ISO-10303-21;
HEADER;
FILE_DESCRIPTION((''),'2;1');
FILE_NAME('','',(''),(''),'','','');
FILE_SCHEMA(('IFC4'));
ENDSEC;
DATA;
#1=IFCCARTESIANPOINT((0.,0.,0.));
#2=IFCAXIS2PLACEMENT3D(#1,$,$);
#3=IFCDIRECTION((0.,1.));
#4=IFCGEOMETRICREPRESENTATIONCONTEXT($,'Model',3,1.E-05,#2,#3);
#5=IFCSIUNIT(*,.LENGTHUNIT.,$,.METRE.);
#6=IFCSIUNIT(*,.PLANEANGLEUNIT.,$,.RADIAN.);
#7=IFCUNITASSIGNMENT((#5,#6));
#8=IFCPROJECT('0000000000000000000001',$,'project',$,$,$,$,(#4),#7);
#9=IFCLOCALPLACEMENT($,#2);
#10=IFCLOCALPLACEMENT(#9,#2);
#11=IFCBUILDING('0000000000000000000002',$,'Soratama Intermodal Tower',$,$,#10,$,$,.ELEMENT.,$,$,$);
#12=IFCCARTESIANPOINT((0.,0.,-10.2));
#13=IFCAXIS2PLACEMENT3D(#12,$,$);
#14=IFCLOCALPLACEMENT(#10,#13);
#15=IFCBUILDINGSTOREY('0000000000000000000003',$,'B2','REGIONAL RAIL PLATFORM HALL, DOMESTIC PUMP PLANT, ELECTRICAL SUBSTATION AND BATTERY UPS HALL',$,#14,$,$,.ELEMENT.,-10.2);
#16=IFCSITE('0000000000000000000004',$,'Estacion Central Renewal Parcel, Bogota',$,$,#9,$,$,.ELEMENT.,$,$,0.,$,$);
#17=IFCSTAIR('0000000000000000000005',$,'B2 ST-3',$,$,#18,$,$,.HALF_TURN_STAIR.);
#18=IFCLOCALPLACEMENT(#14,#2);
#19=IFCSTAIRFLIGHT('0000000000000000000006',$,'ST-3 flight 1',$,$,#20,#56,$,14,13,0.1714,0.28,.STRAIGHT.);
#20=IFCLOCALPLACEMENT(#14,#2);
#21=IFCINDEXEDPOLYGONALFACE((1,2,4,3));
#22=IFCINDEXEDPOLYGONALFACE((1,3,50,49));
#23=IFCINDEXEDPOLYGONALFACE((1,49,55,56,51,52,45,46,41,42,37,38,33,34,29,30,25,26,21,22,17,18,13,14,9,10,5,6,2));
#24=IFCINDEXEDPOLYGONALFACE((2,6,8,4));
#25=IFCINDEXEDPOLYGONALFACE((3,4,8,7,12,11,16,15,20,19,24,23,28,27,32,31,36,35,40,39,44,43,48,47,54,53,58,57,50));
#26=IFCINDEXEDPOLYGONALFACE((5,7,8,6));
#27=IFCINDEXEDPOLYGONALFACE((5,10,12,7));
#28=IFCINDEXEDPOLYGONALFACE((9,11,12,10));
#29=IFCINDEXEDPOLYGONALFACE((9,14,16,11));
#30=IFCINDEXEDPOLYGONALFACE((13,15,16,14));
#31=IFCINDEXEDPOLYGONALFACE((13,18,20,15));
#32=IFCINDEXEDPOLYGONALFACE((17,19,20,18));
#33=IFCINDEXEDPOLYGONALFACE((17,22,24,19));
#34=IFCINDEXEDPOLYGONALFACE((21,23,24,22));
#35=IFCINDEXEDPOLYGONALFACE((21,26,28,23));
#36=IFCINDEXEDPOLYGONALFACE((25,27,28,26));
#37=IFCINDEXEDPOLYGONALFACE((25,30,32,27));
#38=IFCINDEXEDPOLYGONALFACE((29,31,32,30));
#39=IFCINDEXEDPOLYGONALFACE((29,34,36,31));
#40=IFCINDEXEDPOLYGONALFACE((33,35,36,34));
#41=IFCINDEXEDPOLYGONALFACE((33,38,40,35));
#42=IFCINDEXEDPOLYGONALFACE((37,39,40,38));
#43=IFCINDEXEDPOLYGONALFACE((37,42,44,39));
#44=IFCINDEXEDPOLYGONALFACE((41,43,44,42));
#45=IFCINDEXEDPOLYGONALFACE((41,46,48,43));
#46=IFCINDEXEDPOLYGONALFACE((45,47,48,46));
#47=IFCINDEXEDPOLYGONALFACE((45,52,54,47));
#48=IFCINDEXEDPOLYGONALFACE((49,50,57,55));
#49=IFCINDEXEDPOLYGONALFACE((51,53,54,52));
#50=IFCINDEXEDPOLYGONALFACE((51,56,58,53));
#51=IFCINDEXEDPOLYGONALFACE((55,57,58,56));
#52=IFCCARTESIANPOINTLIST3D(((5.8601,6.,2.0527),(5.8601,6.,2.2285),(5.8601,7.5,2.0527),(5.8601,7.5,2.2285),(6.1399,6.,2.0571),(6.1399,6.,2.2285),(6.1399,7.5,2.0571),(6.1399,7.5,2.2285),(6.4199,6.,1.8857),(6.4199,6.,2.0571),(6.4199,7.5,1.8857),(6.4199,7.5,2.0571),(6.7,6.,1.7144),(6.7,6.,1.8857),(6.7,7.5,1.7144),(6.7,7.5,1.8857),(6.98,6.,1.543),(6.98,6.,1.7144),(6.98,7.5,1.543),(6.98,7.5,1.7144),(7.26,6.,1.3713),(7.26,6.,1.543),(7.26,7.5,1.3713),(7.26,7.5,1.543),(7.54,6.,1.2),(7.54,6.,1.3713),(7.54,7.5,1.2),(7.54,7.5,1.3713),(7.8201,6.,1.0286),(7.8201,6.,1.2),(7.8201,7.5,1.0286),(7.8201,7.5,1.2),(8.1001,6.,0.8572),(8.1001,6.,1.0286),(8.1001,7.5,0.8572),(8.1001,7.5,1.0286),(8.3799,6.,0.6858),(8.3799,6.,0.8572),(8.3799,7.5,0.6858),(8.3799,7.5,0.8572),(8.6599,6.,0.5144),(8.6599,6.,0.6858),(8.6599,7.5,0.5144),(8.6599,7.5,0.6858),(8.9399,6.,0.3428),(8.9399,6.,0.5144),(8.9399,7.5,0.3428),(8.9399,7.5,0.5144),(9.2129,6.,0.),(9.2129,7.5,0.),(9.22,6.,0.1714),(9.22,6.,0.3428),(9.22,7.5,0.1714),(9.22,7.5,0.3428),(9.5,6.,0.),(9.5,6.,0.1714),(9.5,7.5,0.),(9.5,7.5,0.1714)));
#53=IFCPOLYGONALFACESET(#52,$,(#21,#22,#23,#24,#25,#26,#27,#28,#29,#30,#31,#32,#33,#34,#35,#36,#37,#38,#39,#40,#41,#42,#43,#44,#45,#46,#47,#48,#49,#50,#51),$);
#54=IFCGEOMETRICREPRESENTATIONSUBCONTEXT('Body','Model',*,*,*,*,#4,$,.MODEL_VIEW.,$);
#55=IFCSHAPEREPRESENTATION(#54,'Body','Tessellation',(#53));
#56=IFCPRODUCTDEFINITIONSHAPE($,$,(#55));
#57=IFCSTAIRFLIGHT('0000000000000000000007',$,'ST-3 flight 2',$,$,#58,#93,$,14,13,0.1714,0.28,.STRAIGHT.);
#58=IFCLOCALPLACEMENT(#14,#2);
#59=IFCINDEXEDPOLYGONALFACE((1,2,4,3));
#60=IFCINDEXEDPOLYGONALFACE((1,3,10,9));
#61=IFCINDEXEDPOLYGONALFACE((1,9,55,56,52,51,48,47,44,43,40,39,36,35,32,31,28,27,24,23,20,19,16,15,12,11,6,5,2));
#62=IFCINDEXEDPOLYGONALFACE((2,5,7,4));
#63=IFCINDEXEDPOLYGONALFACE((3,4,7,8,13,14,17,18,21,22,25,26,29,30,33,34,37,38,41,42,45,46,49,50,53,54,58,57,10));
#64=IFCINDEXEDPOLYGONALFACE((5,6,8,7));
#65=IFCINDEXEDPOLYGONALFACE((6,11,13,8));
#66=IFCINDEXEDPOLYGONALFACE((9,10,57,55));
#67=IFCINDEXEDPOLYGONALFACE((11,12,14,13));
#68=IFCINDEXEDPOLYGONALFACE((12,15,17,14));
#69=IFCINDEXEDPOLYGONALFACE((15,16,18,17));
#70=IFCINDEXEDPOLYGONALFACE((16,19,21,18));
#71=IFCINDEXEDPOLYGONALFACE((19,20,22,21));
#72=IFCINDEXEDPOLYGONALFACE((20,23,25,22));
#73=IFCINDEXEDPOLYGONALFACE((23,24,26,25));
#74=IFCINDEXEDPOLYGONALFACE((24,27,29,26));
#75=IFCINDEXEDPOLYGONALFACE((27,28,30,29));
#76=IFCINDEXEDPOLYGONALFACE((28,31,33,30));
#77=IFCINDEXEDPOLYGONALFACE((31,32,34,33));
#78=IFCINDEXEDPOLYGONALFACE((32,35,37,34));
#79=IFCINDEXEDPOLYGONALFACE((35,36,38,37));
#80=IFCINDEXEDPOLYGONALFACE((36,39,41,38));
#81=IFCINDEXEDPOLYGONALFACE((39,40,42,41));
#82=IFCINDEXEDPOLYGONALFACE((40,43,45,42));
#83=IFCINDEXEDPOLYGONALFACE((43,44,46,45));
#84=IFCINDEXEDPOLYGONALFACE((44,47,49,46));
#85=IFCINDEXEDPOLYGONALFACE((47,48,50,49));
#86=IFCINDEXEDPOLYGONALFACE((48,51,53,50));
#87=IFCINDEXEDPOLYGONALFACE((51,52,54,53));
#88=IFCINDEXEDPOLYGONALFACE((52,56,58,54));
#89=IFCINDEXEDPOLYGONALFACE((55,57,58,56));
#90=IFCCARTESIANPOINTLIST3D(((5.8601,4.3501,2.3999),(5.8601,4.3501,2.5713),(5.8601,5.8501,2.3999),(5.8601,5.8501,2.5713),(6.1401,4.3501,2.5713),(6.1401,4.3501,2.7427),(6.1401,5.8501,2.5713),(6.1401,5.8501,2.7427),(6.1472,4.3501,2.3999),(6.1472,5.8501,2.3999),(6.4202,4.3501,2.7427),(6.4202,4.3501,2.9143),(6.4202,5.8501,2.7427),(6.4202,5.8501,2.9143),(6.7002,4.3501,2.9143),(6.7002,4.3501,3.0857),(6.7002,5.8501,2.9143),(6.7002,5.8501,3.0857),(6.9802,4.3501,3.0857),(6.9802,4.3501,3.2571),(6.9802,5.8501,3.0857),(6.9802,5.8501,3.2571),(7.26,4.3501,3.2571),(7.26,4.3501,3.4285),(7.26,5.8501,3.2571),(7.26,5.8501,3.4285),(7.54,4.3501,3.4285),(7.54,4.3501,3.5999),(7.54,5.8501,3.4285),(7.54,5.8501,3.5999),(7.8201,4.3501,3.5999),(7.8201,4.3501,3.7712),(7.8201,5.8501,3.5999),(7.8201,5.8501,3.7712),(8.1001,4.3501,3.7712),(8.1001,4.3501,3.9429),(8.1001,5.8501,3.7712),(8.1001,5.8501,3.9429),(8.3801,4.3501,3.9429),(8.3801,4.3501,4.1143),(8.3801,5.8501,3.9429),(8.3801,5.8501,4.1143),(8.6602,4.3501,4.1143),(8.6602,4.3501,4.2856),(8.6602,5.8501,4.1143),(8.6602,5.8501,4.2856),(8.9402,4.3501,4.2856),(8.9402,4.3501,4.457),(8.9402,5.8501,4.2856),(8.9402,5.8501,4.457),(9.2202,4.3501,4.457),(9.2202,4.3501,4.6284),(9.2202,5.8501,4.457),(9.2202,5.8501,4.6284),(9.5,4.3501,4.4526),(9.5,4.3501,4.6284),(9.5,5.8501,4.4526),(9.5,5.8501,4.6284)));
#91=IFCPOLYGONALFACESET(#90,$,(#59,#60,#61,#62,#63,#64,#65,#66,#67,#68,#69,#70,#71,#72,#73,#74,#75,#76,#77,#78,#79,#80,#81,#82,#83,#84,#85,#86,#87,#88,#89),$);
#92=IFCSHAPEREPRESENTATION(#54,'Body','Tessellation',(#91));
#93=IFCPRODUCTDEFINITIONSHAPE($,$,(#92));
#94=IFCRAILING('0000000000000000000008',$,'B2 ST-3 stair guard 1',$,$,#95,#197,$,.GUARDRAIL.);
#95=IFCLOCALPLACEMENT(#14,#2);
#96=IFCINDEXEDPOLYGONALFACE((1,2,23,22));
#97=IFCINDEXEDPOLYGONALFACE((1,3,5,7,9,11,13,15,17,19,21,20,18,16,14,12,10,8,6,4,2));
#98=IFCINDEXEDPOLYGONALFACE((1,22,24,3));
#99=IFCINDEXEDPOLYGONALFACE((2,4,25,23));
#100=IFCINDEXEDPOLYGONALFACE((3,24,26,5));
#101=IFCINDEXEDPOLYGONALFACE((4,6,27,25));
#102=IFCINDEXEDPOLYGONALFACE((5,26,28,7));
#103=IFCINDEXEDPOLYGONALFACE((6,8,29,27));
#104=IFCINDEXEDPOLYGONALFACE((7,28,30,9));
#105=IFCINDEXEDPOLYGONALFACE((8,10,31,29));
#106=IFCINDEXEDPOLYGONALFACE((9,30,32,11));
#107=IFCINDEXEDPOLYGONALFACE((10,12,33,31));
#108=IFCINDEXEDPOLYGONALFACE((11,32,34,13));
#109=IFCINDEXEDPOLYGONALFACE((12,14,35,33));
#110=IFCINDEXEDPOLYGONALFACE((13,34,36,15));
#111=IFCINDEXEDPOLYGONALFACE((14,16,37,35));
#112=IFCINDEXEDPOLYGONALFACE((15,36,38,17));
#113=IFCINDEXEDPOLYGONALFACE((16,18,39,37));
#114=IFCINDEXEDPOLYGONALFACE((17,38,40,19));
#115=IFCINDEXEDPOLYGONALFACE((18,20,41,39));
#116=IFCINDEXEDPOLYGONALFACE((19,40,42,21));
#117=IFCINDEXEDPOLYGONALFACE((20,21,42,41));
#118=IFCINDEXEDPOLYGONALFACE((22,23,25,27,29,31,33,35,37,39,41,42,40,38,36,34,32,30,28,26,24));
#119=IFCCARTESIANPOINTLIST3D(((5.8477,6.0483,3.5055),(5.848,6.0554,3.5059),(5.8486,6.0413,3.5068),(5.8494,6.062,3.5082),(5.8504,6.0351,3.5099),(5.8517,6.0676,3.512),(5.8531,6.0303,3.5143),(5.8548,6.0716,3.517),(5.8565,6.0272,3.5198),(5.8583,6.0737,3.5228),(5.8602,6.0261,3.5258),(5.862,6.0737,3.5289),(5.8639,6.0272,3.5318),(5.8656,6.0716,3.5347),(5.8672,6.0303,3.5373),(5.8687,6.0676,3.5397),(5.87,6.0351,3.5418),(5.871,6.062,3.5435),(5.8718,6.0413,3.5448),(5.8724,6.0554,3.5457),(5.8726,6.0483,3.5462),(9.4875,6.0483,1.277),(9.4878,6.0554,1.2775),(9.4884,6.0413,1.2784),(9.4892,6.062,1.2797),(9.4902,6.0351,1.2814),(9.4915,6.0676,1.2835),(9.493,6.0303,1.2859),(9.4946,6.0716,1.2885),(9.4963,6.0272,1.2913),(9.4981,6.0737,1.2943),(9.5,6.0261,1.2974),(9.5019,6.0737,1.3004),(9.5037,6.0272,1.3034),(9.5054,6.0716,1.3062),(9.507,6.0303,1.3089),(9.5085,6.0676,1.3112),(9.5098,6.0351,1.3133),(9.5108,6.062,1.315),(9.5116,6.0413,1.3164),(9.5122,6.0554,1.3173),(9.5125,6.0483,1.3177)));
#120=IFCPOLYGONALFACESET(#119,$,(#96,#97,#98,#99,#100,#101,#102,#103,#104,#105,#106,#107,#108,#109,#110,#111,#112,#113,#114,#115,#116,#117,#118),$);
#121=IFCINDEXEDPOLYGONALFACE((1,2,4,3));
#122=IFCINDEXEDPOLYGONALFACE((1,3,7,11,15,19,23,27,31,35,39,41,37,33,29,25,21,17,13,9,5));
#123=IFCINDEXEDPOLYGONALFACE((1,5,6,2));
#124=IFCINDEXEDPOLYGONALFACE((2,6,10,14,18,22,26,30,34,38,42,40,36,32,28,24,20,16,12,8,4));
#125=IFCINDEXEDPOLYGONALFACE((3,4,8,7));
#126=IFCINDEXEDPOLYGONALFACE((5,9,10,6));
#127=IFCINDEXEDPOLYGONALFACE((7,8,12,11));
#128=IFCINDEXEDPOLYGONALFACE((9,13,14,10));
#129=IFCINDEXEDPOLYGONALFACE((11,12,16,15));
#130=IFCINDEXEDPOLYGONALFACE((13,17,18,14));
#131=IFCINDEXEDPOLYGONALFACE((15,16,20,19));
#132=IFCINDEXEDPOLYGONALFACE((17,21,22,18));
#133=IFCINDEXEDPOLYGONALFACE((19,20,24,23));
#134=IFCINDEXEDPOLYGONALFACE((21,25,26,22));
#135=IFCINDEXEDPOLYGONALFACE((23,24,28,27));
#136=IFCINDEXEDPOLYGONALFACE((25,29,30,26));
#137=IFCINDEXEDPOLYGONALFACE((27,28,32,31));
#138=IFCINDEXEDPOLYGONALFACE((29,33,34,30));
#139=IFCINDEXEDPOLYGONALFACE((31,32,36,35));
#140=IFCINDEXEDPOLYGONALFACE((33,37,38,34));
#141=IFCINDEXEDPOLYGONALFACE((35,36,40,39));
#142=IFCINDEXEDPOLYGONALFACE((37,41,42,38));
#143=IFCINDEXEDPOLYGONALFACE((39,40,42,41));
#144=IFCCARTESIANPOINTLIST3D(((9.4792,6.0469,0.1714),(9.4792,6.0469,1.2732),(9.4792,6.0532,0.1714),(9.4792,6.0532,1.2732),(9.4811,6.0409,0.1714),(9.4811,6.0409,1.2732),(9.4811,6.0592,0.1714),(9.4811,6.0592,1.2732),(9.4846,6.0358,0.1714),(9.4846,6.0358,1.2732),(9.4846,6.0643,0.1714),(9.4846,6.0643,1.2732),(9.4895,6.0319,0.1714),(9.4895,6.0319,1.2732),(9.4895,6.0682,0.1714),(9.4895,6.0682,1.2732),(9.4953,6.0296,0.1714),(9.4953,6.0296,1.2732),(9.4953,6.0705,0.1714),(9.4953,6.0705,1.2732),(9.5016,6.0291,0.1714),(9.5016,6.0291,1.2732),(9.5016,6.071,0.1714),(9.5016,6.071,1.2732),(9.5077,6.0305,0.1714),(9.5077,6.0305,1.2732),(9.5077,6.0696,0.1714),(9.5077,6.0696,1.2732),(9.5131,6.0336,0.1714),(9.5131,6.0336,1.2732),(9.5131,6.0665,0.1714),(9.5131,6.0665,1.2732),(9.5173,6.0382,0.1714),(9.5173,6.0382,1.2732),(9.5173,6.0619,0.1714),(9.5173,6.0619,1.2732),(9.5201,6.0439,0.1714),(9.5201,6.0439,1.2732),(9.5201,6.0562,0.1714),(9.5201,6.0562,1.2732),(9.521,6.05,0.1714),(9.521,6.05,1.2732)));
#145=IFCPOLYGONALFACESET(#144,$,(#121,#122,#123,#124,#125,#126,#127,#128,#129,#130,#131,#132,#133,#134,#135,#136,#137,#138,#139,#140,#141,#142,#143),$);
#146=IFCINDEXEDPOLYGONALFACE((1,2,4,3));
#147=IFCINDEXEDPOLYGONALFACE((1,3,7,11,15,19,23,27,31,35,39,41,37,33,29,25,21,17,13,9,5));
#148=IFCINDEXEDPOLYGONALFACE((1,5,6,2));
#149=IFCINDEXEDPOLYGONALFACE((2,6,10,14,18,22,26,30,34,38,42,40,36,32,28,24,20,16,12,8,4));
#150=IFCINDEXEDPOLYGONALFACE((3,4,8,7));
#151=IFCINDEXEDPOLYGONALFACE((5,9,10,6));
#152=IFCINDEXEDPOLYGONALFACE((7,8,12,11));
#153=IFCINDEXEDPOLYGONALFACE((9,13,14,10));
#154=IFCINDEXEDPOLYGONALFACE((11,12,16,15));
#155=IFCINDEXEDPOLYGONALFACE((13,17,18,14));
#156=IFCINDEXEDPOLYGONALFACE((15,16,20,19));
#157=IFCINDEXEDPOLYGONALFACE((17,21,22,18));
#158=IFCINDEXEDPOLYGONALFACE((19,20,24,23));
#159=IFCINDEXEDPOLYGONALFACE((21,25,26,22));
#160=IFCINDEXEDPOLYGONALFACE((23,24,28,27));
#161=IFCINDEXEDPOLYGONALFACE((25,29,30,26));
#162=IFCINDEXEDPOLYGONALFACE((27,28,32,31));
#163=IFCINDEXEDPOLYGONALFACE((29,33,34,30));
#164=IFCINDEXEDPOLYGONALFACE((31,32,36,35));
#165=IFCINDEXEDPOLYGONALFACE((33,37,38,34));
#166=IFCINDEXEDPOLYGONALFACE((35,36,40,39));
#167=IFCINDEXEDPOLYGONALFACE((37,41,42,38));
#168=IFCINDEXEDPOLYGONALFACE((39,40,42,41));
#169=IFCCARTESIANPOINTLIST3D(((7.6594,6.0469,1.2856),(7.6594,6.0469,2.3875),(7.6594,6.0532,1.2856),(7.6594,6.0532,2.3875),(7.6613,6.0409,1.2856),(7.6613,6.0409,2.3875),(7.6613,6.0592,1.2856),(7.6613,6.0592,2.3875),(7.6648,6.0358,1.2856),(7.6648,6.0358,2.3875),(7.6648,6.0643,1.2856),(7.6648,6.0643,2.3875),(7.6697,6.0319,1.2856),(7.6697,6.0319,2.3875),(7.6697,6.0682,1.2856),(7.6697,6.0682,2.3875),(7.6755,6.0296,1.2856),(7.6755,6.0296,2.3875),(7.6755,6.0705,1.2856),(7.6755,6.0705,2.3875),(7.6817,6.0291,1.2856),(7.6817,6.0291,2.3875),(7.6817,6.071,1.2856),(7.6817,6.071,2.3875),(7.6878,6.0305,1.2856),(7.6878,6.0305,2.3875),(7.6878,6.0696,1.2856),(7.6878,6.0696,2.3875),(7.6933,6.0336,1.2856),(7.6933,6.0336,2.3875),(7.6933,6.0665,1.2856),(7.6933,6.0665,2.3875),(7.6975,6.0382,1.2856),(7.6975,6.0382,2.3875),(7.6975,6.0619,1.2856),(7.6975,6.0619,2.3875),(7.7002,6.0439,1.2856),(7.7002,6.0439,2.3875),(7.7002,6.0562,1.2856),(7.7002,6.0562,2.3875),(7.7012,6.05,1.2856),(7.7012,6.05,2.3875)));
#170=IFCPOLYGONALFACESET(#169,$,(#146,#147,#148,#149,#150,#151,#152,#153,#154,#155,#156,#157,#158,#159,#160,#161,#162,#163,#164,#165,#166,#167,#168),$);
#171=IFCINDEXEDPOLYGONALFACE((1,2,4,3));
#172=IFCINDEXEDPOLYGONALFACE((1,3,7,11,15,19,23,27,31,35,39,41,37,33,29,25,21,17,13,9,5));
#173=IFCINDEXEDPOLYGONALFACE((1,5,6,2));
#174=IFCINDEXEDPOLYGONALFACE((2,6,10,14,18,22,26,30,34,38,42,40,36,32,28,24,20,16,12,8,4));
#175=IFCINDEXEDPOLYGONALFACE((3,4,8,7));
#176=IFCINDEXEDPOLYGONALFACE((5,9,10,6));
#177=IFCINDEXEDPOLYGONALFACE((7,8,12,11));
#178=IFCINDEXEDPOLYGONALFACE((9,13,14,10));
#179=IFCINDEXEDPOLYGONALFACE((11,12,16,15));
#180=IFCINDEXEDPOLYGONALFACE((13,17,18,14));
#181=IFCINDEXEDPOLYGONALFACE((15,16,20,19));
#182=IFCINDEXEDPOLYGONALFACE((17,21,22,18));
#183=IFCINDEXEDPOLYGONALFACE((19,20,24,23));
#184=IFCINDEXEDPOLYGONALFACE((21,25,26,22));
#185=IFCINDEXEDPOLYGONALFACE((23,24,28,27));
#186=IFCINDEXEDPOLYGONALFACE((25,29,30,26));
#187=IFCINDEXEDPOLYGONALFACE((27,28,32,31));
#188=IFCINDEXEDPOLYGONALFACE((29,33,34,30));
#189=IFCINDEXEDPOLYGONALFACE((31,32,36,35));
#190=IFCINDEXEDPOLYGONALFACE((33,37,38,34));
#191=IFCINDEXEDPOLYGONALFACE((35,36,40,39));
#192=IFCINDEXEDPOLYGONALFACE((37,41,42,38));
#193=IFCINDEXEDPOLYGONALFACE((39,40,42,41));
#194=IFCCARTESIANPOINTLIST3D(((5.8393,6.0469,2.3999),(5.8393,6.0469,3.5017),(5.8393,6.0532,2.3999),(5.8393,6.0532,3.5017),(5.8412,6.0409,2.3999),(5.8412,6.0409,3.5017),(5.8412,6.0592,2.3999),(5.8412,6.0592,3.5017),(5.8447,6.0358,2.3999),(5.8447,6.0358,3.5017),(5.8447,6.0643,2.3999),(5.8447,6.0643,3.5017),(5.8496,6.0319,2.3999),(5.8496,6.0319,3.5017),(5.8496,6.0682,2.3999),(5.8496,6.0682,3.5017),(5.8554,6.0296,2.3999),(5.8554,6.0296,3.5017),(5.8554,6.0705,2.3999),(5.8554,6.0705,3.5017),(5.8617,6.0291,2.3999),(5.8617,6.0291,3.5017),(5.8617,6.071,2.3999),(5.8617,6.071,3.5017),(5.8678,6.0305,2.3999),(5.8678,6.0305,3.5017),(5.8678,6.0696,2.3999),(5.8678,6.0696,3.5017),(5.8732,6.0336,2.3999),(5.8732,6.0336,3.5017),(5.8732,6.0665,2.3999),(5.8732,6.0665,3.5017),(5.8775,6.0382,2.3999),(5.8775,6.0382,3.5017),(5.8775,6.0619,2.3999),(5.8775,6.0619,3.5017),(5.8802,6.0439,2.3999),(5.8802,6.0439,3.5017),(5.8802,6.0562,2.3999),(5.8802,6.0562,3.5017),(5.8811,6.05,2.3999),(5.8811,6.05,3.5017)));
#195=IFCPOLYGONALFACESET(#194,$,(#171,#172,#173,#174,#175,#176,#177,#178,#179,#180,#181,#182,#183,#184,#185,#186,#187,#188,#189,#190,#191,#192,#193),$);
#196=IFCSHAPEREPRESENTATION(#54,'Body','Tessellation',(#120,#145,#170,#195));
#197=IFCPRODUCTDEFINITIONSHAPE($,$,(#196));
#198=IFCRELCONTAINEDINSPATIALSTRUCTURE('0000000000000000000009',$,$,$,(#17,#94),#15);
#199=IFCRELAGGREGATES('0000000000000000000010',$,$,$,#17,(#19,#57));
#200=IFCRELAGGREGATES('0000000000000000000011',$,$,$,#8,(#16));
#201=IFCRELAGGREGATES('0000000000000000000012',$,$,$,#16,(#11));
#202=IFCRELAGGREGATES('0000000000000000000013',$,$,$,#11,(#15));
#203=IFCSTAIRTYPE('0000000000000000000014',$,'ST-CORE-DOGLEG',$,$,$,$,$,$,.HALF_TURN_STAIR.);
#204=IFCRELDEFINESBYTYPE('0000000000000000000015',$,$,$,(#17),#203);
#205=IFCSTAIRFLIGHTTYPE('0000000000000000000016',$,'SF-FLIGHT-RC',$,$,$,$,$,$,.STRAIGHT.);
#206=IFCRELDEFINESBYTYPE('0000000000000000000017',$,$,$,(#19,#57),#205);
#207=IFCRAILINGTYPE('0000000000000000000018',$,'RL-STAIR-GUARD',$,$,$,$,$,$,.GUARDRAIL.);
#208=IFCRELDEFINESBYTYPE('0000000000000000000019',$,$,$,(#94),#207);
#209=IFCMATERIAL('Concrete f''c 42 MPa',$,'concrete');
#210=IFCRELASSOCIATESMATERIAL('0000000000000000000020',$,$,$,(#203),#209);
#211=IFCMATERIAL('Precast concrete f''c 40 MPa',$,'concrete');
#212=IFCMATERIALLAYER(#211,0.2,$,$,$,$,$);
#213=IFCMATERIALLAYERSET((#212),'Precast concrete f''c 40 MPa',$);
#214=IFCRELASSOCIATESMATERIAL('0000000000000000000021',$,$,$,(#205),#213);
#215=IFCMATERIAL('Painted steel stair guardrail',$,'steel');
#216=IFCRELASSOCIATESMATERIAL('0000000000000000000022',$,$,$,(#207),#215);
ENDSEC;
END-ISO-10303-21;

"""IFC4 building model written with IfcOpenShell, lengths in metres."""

from ifc_helpers import new_model, si_unit, direction, frame, origin, origin_2d, place, context, subcontext, project, spatial, polyline, circle, outline, extrude, material, layer, layer_set, type_object, element, aggregate, save


model = new_model("IFC4")

# Units and contexts
model_context = context("Model", 3, precision=1e-05, world=origin(), true_north=direction((0.0, 1.0)))
body_context = subcontext(model_context, "Body", "Model", "MODEL_VIEW")
ifc_project = project(units=[si_unit("LENGTHUNIT", "METRE"), si_unit("PLANEANGLEUNIT", "RADIAN")], contexts=[model_context])

# Site, building, storey
site_placement = place(None, origin())
site = spatial("IfcSite", under=ifc_project, at=site_placement, Name="Estacion Central Renewal Parcel, Bogota", CompositionType="ELEMENT", RefElevation=0.0)
building_placement = place(site_placement, origin())
building = spatial("IfcBuilding", under=site, at=building_placement, Name="Soratama Intermodal Tower", CompositionType="ELEMENT")
storey_placement = place(building_placement, frame((0.0, 0.0, -10.2)))
storey = spatial("IfcBuildingStorey", under=building, at=storey_placement, Name="B2", Description="REGIONAL RAIL PLATFORM HALL, DOMESTIC PUMP PLANT, ELECTRICAL SUBSTATION AND BATTERY UPS HALL", CompositionType="ELEMENT", Elevation=-10.2)

# Stair
ifc_material_1 = material(Name="Concrete f'c 42 MPa", Category="concrete")
stair_type = type_object("IfcStairType", Name="ST-CORE-DOGLEG", PredefinedType="HALF_TURN_STAIR", material=ifc_material_1)
stair_1_placement = place(storey_placement, origin())
stair_1 = element("IfcStair", 1, at=stair_1_placement, inside=storey, type_object=stair_type, Name="B2 ST-3", PredefinedType="HALF_TURN_STAIR")

# Stair flights
ifc_material_2 = material(Name="Precast concrete f'c 40 MPa", Category="concrete")
ifc_layer_1 = layer(ifc_material_2, 0.2)
ifc_layer_set_1 = layer_set([ifc_layer_1], Name="Precast concrete f'c 40 MPa")
stair_flight_type = type_object("IfcStairFlightType", Name="SF-FLIGHT-RC", PredefinedType="STRAIGHT", material=ifc_layer_set_1)
stair_flight_1_placement = place(storey_placement, frame((9.5, 6.75, 0.0), z_axis=(0.0, 0.0, 1.0), x_axis=(-1.0, 0.0, 0.0)))
stair_flight_1 = element("IfcStairFlight", 2, at=stair_flight_1_placement, type_object=stair_flight_type, Name="ST-3 flight 1", NumberOfRisers=14, NumberOfTreads=13, PredefinedType="STRAIGHT", RiserHeight=0.1714, TreadLength=0.28, context=body_context, shape_type="SweptSolid", body=[
    extrude(outline(polyline([(0.0, 0.0), (0.0, 0.1714), (0.28, 0.1714), (0.28, 0.3428), (0.5601, 0.3428), (0.5601, 0.5144), (0.8401, 0.5144), (0.8401, 0.6858), (1.1201, 0.6858), (1.1201, 0.8572), (1.3999, 0.8572), (1.3999, 1.0286), (1.6799, 1.0286), (1.6799, 1.2), (1.96, 1.2), (1.96, 1.3713), (2.24, 1.3713), (2.24, 1.543), (2.52, 1.543), (2.52, 1.7144), (2.8, 1.7144), (2.8, 1.8857), (3.0801, 1.8857), (3.0801, 2.0571), (3.3601, 2.0571), (3.3601, 2.2285), (3.6399, 2.2285), (3.6399, 2.3999), (3.6399, 2.0527), (0.2871, 0.0), (0.0, 0.0)])), frame((0.0, 0.75, 0.0), z_axis=(0.0, -1.0, 0.0), x_axis=(1.0, 0.0, 0.0)), (0.0, 0.0, 1.0), 1.5),
])
stair_flight_2_placement = place(storey_placement, frame((5.8601, 5.1001, 2.3999), z_axis=(0.0, 0.0, 1.0), x_axis=(1.0, 0.0, 0.0)))
stair_flight_2 = element("IfcStairFlight", 3, at=stair_flight_2_placement, type_object=stair_flight_type, Name="ST-3 flight 2", NumberOfRisers=14, NumberOfTreads=13, PredefinedType="STRAIGHT", RiserHeight=0.1714, TreadLength=0.28, context=body_context, shape_type="SweptSolid", body=[
    extrude(outline(polyline([(0.0, 0.0), (0.0, 0.1714), (0.28, 0.1714), (0.28, 0.3428), (0.5601, 0.3428), (0.5601, 0.5144), (0.8401, 0.5144), (0.8401, 0.6858), (1.1201, 0.6858), (1.1201, 0.8572), (1.3999, 0.8572), (1.3999, 1.0286), (1.6799, 1.0286), (1.6799, 1.2), (1.96, 1.2), (1.96, 1.3713), (2.24, 1.3713), (2.24, 1.543), (2.52, 1.543), (2.52, 1.7144), (2.8, 1.7144), (2.8, 1.8857), (3.0801, 1.8857), (3.0801, 2.0571), (3.3601, 2.0571), (3.3601, 2.2285), (3.6399, 2.2285), (3.6399, 2.3999), (3.6399, 2.0527), (0.2871, 0.0), (0.0, 0.0)])), frame((0.0, 0.75, 0.0), z_axis=(0.0, -1.0, 0.0), x_axis=(1.0, 0.0, 0.0)), (0.0, 0.0, 1.0), 1.5),
])
aggregate(stair_1, [stair_flight_1, stair_flight_2])

# Railing
ifc_material_3 = material(Name="Painted steel stair guardrail", Category="steel")
railing_type_1 = type_object("IfcRailingType", Name="RL-STAIR-GUARD", PredefinedType="GUARDRAIL", material=ifc_material_3)
railing_1_placement = place(storey_placement, frame((9.5, 6.05, 0.1714)))
element("IfcRailing", 4, at=railing_1_placement, inside=storey, type_object=railing_type_1, Name="B2 ST-3 stair guard 1", PredefinedType="GUARDRAIL", context=body_context, shape_type="SweptSolid", body=[
    extrude(circle(Radius=0.0239, at=origin_2d()), frame((0.0, 0.0, 1.126), z_axis=(-0.85285, 0.0, 0.522156), x_axis=(0.0, -1.0, 0.0)), (0.0, 0.0, 1.0), 4.2678),
    extrude(circle(Radius=0.021, at=origin_2d()), origin(), (0.0, 0.0, 1.0), 1.1018),
    extrude(circle(Radius=0.021, at=origin_2d()), frame((-1.8198, 0.0, 1.1143)), (0.0, 0.0, 1.0), 1.1018),
    extrude(circle(Radius=0.021, at=origin_2d()), frame((-3.6399, 0.0, 2.2285)), (0.0, 0.0, 1.0), 1.1018),
])

save(model, "model.ifc")
